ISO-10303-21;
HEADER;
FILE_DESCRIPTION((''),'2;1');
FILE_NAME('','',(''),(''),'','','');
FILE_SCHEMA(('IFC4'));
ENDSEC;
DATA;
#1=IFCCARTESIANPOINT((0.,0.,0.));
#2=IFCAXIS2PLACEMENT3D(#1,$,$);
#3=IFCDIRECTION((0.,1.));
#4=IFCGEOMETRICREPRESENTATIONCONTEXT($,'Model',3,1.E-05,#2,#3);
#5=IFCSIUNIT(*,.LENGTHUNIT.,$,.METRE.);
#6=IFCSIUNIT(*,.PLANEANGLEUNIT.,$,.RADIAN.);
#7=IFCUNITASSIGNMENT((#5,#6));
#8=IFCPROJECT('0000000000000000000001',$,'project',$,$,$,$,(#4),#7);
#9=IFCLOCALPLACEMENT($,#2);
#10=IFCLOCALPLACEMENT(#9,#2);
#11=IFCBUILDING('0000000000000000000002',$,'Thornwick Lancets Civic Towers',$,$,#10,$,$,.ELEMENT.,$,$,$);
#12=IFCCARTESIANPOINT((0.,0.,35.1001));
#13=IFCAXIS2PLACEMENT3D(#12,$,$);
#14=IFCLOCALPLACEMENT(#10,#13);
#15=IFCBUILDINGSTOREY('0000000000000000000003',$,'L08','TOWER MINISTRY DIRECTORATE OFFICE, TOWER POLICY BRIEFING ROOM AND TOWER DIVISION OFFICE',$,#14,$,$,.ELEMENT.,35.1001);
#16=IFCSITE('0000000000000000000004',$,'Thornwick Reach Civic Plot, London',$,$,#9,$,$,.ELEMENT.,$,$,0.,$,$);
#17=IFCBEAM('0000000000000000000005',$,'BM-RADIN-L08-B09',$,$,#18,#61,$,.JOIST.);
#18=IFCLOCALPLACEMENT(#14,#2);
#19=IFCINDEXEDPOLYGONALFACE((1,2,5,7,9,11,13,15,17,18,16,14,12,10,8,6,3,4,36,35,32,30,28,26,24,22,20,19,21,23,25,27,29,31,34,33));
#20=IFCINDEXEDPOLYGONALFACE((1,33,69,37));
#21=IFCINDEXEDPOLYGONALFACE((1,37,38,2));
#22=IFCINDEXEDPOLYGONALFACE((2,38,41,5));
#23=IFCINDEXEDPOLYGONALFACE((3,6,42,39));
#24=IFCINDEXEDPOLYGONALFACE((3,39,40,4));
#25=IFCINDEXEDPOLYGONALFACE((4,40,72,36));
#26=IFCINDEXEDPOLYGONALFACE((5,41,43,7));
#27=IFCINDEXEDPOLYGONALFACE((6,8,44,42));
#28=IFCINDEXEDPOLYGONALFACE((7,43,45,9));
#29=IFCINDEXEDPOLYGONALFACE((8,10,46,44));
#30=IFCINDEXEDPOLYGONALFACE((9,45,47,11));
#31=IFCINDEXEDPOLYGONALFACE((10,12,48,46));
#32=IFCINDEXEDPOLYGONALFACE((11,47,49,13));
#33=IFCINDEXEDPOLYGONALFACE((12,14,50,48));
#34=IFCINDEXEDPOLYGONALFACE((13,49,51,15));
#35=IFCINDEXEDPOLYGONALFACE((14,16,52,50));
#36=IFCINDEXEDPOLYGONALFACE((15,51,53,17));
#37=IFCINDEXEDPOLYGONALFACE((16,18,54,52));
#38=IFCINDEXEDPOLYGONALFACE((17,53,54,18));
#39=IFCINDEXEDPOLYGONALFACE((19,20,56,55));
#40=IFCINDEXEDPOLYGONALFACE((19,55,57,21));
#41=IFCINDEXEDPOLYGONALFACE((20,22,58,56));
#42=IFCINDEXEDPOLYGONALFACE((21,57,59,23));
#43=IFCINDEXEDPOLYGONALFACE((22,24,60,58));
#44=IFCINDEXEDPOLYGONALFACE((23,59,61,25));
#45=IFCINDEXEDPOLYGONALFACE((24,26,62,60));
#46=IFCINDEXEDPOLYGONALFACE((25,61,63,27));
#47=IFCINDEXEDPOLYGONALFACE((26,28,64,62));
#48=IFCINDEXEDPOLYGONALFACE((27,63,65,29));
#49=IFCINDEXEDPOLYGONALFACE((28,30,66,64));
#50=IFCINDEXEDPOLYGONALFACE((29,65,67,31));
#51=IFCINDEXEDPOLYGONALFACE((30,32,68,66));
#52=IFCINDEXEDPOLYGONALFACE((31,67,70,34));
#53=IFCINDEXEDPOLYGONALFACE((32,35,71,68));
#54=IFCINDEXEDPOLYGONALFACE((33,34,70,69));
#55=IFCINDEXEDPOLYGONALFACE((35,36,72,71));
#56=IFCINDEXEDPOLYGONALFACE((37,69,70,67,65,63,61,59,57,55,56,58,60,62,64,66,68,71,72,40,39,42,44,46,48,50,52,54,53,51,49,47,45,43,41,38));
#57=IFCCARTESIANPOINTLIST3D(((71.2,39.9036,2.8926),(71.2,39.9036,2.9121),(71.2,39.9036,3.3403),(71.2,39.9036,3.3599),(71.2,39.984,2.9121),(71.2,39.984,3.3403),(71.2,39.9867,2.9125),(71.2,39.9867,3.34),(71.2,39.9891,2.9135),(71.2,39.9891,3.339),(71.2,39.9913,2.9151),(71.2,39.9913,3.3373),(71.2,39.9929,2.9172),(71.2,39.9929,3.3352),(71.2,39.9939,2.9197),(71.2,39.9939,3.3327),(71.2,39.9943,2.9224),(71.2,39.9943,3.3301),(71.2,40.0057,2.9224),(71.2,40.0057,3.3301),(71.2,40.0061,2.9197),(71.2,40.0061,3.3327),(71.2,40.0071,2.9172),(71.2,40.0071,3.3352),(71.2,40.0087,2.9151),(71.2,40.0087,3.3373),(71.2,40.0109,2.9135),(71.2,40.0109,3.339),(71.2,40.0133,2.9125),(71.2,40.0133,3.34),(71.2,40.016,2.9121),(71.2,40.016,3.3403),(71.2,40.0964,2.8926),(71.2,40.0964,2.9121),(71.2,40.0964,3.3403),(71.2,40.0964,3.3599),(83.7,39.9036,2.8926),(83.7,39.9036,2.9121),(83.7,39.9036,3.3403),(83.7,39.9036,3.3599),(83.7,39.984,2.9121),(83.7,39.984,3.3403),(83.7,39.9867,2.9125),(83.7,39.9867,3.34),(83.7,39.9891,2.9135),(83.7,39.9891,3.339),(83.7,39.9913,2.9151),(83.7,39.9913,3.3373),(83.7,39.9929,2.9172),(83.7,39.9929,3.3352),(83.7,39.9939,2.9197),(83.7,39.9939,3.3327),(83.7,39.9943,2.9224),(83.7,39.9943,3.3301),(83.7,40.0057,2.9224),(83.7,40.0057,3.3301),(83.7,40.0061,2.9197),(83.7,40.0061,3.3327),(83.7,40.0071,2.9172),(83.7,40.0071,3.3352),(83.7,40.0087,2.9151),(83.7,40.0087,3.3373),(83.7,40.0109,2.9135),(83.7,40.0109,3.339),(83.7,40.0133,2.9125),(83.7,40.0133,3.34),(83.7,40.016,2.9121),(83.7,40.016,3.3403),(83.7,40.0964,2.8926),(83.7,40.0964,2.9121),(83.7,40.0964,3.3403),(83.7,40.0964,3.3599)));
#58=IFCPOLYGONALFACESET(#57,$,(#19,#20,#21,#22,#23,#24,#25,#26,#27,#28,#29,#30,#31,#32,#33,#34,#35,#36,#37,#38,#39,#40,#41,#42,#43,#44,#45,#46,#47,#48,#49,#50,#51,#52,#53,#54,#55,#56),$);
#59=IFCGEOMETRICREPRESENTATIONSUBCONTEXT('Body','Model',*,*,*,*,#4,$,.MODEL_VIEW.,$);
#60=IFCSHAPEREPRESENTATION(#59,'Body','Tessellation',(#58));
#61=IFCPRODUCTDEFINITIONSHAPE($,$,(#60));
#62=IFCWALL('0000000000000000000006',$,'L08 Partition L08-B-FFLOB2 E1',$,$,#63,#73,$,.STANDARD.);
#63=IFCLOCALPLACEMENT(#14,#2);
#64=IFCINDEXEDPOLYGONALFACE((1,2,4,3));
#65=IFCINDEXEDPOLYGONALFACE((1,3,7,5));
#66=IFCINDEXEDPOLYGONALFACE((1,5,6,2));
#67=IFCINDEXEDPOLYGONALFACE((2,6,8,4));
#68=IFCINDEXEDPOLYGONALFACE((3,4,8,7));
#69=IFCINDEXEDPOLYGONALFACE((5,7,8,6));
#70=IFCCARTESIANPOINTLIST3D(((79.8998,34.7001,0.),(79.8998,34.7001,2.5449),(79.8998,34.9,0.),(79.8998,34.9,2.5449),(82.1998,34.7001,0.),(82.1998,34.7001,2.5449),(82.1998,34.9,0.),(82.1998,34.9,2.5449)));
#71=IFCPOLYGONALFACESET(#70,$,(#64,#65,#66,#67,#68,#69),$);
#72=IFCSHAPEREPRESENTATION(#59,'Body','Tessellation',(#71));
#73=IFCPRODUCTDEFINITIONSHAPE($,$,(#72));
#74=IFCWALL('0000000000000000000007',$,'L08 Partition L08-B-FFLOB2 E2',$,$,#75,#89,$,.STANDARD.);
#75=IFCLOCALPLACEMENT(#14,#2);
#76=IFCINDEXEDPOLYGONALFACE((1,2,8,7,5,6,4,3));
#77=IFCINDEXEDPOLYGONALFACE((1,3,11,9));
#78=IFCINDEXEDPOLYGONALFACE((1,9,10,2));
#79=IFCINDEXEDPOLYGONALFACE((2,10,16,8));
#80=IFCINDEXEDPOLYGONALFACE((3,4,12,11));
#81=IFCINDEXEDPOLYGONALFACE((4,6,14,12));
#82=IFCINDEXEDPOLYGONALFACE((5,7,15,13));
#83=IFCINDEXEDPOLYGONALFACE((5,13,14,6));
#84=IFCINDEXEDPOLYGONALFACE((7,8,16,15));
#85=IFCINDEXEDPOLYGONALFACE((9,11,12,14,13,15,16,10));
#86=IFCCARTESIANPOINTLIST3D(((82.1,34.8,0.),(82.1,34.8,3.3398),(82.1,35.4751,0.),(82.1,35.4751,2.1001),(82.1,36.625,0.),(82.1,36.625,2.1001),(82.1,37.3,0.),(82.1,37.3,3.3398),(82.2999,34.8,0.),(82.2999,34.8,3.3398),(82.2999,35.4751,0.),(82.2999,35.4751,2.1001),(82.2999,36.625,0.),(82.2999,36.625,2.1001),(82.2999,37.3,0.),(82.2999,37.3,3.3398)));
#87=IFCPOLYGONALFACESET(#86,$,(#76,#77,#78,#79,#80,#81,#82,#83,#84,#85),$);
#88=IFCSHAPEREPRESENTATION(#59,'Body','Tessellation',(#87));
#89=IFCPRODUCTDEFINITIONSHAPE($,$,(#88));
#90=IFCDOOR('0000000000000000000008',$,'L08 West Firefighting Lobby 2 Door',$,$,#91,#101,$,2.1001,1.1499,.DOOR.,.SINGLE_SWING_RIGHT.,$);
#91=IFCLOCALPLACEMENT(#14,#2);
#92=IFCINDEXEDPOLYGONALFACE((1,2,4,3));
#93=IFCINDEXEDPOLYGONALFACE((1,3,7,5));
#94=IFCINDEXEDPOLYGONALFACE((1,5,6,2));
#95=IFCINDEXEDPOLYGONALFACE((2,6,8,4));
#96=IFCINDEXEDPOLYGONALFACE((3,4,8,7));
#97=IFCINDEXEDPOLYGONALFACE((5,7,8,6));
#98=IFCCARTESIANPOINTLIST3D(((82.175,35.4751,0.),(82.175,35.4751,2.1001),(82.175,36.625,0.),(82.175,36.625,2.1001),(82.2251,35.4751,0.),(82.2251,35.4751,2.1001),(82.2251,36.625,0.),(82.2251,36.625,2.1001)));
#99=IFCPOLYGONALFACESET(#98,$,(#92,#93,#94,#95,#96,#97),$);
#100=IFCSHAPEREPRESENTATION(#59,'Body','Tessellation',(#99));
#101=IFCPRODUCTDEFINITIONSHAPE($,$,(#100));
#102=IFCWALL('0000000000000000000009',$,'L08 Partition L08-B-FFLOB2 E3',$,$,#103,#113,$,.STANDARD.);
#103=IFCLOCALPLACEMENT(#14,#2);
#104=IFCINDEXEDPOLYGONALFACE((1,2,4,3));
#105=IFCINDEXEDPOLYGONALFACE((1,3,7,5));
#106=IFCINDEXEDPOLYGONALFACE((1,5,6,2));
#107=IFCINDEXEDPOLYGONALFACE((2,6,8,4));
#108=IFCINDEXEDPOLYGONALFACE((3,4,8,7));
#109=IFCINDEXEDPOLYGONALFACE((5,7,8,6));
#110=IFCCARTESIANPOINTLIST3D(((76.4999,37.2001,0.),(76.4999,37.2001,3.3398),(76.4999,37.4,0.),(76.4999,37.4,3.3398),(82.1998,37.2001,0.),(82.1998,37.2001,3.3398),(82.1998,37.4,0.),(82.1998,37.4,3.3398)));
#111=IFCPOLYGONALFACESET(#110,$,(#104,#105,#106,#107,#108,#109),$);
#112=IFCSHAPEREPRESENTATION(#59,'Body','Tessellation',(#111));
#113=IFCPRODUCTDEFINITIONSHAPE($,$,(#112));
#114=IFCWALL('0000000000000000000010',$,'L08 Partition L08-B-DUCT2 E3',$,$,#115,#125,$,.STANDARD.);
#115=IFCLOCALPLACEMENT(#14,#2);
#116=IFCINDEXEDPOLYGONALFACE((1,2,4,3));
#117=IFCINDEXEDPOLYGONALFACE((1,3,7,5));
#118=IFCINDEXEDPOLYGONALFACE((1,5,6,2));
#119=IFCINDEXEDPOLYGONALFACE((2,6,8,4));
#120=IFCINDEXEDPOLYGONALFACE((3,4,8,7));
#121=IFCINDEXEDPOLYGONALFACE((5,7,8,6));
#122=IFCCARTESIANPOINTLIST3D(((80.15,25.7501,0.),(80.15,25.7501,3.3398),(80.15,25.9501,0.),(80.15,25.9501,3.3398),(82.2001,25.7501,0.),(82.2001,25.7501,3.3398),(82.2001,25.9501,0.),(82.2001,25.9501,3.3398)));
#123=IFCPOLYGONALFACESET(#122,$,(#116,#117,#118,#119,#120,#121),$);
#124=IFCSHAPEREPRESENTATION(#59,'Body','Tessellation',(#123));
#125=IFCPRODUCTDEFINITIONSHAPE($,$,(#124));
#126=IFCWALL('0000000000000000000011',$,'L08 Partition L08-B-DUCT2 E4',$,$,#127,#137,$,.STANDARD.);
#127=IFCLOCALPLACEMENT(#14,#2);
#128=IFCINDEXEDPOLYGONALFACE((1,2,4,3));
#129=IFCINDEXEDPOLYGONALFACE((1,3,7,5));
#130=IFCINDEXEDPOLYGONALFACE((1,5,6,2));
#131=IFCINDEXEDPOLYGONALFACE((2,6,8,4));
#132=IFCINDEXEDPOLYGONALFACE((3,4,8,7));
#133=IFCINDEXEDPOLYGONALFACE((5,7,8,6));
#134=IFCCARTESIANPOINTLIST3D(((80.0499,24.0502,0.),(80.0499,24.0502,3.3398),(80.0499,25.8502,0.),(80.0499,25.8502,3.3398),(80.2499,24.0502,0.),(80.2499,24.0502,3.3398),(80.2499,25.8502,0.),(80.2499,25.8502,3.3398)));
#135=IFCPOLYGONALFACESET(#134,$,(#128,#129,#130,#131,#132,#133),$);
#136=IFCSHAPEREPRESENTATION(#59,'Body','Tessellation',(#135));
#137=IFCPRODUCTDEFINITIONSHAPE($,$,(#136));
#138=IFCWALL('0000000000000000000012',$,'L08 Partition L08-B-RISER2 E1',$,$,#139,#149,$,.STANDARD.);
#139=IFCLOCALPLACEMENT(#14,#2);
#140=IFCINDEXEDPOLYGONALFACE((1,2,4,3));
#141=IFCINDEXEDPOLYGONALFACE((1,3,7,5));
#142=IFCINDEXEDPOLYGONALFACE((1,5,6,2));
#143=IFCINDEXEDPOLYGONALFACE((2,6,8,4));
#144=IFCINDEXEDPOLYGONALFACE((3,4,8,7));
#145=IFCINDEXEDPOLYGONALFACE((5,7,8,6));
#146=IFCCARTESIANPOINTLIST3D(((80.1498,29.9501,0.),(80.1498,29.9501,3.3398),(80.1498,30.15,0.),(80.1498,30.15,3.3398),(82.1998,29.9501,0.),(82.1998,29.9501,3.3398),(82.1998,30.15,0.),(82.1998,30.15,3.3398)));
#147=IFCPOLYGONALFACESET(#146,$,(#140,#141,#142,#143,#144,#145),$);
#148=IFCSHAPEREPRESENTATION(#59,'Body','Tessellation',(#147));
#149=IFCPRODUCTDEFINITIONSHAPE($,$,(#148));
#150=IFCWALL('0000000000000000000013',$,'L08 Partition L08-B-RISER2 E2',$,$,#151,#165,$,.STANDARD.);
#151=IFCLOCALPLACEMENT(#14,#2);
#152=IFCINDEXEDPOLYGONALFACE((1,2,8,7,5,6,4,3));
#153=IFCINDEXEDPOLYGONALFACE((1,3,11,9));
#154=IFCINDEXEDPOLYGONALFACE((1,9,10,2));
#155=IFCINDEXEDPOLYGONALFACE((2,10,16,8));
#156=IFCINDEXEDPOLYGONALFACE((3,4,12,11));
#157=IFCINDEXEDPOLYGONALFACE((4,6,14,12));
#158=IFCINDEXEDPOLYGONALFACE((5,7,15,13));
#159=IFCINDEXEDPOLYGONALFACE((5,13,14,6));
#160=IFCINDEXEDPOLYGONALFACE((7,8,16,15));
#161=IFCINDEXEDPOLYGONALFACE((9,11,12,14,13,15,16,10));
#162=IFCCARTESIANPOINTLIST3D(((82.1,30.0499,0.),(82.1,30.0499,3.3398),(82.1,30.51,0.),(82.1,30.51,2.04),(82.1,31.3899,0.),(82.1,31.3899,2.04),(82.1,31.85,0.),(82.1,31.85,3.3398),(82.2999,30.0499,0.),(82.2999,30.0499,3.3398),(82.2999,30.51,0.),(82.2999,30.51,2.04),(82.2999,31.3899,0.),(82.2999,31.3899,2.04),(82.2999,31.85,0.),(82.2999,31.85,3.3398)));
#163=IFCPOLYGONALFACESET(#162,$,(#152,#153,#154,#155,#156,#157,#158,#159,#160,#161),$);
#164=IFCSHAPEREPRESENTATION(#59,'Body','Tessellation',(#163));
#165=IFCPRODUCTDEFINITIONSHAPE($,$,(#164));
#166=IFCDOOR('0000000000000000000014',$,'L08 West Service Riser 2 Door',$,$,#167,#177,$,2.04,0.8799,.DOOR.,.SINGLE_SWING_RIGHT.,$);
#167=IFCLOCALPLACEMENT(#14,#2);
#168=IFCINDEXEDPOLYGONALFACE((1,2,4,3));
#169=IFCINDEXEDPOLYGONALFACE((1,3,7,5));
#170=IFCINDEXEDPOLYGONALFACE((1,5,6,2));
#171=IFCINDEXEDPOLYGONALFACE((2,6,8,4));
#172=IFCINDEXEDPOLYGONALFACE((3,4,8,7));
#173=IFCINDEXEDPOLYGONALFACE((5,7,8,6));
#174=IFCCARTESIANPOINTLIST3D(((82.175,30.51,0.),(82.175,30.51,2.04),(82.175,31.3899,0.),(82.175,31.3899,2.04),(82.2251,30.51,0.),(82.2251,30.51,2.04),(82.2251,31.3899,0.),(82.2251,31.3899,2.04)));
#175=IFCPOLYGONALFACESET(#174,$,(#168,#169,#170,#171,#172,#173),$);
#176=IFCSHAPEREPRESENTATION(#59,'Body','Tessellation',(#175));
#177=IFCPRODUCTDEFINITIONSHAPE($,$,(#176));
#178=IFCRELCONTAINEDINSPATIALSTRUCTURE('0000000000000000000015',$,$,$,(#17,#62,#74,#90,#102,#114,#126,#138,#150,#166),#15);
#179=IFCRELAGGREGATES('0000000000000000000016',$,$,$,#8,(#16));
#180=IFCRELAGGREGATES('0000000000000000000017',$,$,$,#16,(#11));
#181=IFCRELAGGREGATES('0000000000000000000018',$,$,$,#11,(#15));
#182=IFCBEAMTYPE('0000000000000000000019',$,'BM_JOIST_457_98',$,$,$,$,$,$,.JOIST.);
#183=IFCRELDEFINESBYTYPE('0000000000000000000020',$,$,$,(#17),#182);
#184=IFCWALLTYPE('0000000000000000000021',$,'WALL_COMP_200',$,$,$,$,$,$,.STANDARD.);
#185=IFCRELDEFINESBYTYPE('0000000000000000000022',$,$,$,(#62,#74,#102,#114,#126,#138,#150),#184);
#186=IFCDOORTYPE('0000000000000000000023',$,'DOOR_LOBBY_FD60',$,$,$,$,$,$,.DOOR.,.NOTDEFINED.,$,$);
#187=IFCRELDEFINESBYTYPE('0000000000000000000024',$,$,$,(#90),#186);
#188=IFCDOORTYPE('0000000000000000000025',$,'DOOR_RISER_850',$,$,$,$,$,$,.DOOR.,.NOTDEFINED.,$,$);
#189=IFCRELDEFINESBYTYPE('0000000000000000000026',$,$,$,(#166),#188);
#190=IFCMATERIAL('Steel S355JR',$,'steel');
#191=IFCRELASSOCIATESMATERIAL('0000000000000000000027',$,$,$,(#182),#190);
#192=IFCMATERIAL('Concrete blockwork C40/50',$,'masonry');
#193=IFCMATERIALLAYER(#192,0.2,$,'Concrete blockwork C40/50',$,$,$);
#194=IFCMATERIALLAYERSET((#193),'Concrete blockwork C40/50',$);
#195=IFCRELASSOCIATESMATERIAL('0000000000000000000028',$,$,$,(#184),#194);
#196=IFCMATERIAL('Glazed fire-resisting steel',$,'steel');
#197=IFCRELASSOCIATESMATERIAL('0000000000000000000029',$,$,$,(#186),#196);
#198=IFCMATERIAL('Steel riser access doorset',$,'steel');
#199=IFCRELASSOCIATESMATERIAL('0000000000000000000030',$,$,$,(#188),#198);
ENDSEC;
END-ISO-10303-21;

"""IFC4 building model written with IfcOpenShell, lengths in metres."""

from ifc_helpers import new_model, si_unit, direction, frame, frame_2d, origin, origin_2d, place, context, subcontext, project, spatial, rectangle, i_section, extrude, material, layer, layer_set, material_profile, profile_set, type_object, element, fill, save


model = new_model("IFC4")

# Units and contexts
model_context = context("Model", 3, precision=1e-05, world=origin(), true_north=direction((0.0, 1.0)))
body_context = subcontext(model_context, "Body", "Model", "MODEL_VIEW")
ifc_project = project(units=[si_unit("LENGTHUNIT", "METRE"), si_unit("PLANEANGLEUNIT", "RADIAN")], contexts=[model_context])

# Site, building, storey
site_placement = place(None, origin())
site = spatial("IfcSite", under=ifc_project, at=site_placement, Name="Thornwick Reach Civic Plot, London", CompositionType="ELEMENT", RefElevation=0.0)
building_placement = place(site_placement, origin())
building = spatial("IfcBuilding", under=site, at=building_placement, Name="Thornwick Lancets Civic Towers", CompositionType="ELEMENT")
storey_placement = place(building_placement, frame((0.0, 0.0, 35.1001)))
storey = spatial("IfcBuildingStorey", under=building, at=storey_placement, Name="L08", Description="TOWER MINISTRY DIRECTORATE OFFICE, TOWER POLICY BRIEFING ROOM AND TOWER DIVISION OFFICE", CompositionType="ELEMENT", Elevation=35.1001)

# Beam
ifc_material_1 = material(Name="Steel S355JR", Category="steel")
ifc_material_profile_1 = material_profile(ifc_material_1, i_section(OverallWidth=0.1929, OverallDepth=0.4673, WebThickness=0.0115, FlangeThickness=0.0195, FilletRadius=0.0103, at=origin_2d()), Name="UKB 457x191x98")
ifc_profile_set_1 = profile_set([ifc_material_profile_1], Name="Steel S355JR")
beam_type_1 = type_object("IfcBeamType", Name="BM_JOIST_457_98", PredefinedType="JOIST", material=ifc_profile_set_1)
beam_1_placement = place(storey_placement, frame((83.7, 40.0, 3.1262), z_axis=(-1.0, 0.0, 0.0), x_axis=(0.0, -1.0, 0.0)))
element("IfcBeam", 1, at=beam_1_placement, inside=storey, type_object=beam_type_1, Name="BM-RADIN-L08-B09", PredefinedType="JOIST", context=body_context, shape_type="SweptSolid", body=[
    extrude(i_section(OverallWidth=0.1929, OverallDepth=0.4673, WebThickness=0.0115, FlangeThickness=0.0195, FilletRadius=0.0103, at=origin_2d()), origin(), (0.0, 0.0, 1.0), 12.5),
])

# Wall
ifc_material_2 = material(Name="Concrete blockwork C40/50", Category="masonry")
ifc_layer_1 = layer(ifc_material_2, 0.2, Name="Concrete blockwork C40/50")
ifc_layer_set_1 = layer_set([ifc_layer_1], Name="Concrete blockwork C40/50")
wall_type_1 = type_object("IfcWallType", Name="WALL_COMP_200", PredefinedType="STANDARD", material=ifc_layer_set_1)
wall_1_placement = place(storey_placement, frame((79.8999, 34.8, 0.0), z_axis=(0.0, 0.0, 1.0), x_axis=(1.0, 0.0, 0.0)))
element("IfcWall", 2, at=wall_1_placement, inside=storey, type_object=wall_type_1, Name="L08 Partition L08-B-FFLOB2 E1", PredefinedType="STANDARD", context=body_context, shape_type="SweptSolid", body=[
    extrude(rectangle(XDim=2.3, YDim=0.2, at=frame_2d((1.1499, 0.0))), origin(), (0.0, 0.0, 1.0), 2.5449),
])

# Wall, opening, door
wall_2_placement = place(storey_placement, frame((82.2, 34.8, 0.0), z_axis=(0.0, 0.0, 1.0), x_axis=(0.0, 1.0, 0.0)))
wall_2 = element("IfcWall", 3, at=wall_2_placement, inside=storey, type_object=wall_type_1, Name="L08 Partition L08-B-FFLOB2 E2", PredefinedType="STANDARD", context=body_context, shape_type="SweptSolid", body=[
    extrude(rectangle(XDim=2.5, YDim=0.2, at=frame_2d((1.25, 0.0))), origin(), (0.0, 0.0, 1.0), 3.3398),
])
opening_1_placement = place(wall_2_placement, frame((0.675, 0.0, 0.0)))
opening_1 = element("IfcOpeningElement", 4, at=opening_1_placement, cuts=wall_2, PredefinedType="OPENING", context=body_context, shape_type="SweptSolid", body=[
    extrude(rectangle(XDim=1.1499, YDim=2.1001, at=frame_2d((0.575, 1.05))), frame((0.0, 0.1099, 0.0), z_axis=(0.0, -1.0, 0.0), x_axis=(1.0, 0.0, 0.0)), (0.0, 0.0, 1.0), 0.22),
])
ifc_material_3 = material(Name="Glazed fire-resisting steel", Category="steel")
door_type_1 = type_object("IfcDoorType", Name="DOOR_LOBBY_FD60", OperationType="NOTDEFINED", PredefinedType="DOOR", material=ifc_material_3)
door_1_placement = place(opening_1_placement, origin())
door_1 = element("IfcDoor", 5, at=door_1_placement, inside=storey, type_object=door_type_1, Name="L08 West Firefighting Lobby 2 Door", OperationType="SINGLE_SWING_RIGHT", OverallHeight=2.1001, OverallWidth=1.1499, PredefinedType="DOOR", context=body_context, shape_type="SweptSolid", body=[
    extrude(rectangle(XDim=1.1499, YDim=2.1001, at=frame_2d((0.575, 1.05))), frame((0.0, 0.0249, 0.0), z_axis=(0.0, -1.0, 0.0), x_axis=(1.0, 0.0, 0.0)), (0.0, 0.0, 1.0), 0.05),
])
fill(opening_1, door_1)

# Walls
wall_3_placement = place(storey_placement, frame((82.2, 37.3, 0.0), z_axis=(0.0, 0.0, 1.0), x_axis=(-1.0, 0.0, 0.0)))
element("IfcWall", 6, at=wall_3_placement, inside=storey, type_object=wall_type_1, Name="L08 Partition L08-B-FFLOB2 E3", PredefinedType="STANDARD", context=body_context, shape_type="SweptSolid", body=[
    extrude(rectangle(XDim=5.7, YDim=0.2, at=frame_2d((2.8501, 0.0))), origin(), (0.0, 0.0, 1.0), 3.3398),
])
wall_4_placement = place(storey_placement, frame((82.2, 25.8501, 0.0), z_axis=(0.0, 0.0, 1.0), x_axis=(-1.0, 0.0, 0.0)))
element("IfcWall", 7, at=wall_4_placement, inside=storey, type_object=wall_type_1, Name="L08 Partition L08-B-DUCT2 E3", PredefinedType="STANDARD", context=body_context, shape_type="SweptSolid", body=[
    extrude(rectangle(XDim=2.05, YDim=0.2, at=frame_2d((1.0249, 0.0))), origin(), (0.0, 0.0, 1.0), 3.3398),
])
wall_5_placement = place(storey_placement, frame((80.1499, 25.8501, 0.0), z_axis=(0.0, 0.0, 1.0), x_axis=(0.0, -1.0, 0.0)))
element("IfcWall", 8, at=wall_5_placement, inside=storey, type_object=wall_type_1, Name="L08 Partition L08-B-DUCT2 E4", PredefinedType="STANDARD", context=body_context, shape_type="SweptSolid", body=[
    extrude(rectangle(XDim=1.8, YDim=0.2, at=frame_2d((0.8999, 0.0))), origin(), (0.0, 0.0, 1.0), 3.3398),
])
wall_6_placement = place(storey_placement, frame((80.1499, 30.05, 0.0), z_axis=(0.0, 0.0, 1.0), x_axis=(1.0, 0.0, 0.0)))
element("IfcWall", 9, at=wall_6_placement, inside=storey, type_object=wall_type_1, Name="L08 Partition L08-B-RISER2 E1", PredefinedType="STANDARD", context=body_context, shape_type="SweptSolid", body=[
    extrude(rectangle(XDim=2.05, YDim=0.2, at=frame_2d((1.0249, 0.0))), origin(), (0.0, 0.0, 1.0), 3.3398),
])

# Wall, opening, door
wall_7_placement = place(storey_placement, frame((82.2, 30.05, 0.0), z_axis=(0.0, 0.0, 1.0), x_axis=(0.0, 1.0, 0.0)))
wall_7 = element("IfcWall", 10, at=wall_7_placement, inside=storey, type_object=wall_type_1, Name="L08 Partition L08-B-RISER2 E2", PredefinedType="STANDARD", context=body_context, shape_type="SweptSolid", body=[
    extrude(rectangle(XDim=1.8, YDim=0.2, at=frame_2d((0.8999, 0.0))), origin(), (0.0, 0.0, 1.0), 3.3398),
])
opening_2_placement = place(wall_7_placement, frame((0.46, 0.0, 0.0)))
opening_2 = element("IfcOpeningElement", 11, at=opening_2_placement, cuts=wall_7, PredefinedType="OPENING", context=body_context, shape_type="SweptSolid", body=[
    extrude(rectangle(XDim=0.8799, YDim=2.04, at=frame_2d((0.4399, 1.02))), frame((0.0, 0.1099, 0.0), z_axis=(0.0, -1.0, 0.0), x_axis=(1.0, 0.0, 0.0)), (0.0, 0.0, 1.0), 0.22),
])
ifc_material_4 = material(Name="Steel riser access doorset", Category="steel")
door_type_2 = type_object("IfcDoorType", Name="DOOR_RISER_850", OperationType="NOTDEFINED", PredefinedType="DOOR", material=ifc_material_4)
door_2_placement = place(opening_2_placement, origin())
door_2 = element("IfcDoor", 12, at=door_2_placement, inside=storey, type_object=door_type_2, Name="L08 West Service Riser 2 Door", OperationType="SINGLE_SWING_RIGHT", OverallHeight=2.04, OverallWidth=0.8799, PredefinedType="DOOR", context=body_context, shape_type="SweptSolid", body=[
    extrude(rectangle(XDim=0.8799, YDim=2.04, at=frame_2d((0.4399, 1.02))), frame((0.0, 0.0249, 0.0), z_axis=(0.0, -1.0, 0.0), x_axis=(1.0, 0.0, 0.0)), (0.0, 0.0, 1.0), 0.05),
])
fill(opening_2, door_2)

save(model, "model.ifc")
